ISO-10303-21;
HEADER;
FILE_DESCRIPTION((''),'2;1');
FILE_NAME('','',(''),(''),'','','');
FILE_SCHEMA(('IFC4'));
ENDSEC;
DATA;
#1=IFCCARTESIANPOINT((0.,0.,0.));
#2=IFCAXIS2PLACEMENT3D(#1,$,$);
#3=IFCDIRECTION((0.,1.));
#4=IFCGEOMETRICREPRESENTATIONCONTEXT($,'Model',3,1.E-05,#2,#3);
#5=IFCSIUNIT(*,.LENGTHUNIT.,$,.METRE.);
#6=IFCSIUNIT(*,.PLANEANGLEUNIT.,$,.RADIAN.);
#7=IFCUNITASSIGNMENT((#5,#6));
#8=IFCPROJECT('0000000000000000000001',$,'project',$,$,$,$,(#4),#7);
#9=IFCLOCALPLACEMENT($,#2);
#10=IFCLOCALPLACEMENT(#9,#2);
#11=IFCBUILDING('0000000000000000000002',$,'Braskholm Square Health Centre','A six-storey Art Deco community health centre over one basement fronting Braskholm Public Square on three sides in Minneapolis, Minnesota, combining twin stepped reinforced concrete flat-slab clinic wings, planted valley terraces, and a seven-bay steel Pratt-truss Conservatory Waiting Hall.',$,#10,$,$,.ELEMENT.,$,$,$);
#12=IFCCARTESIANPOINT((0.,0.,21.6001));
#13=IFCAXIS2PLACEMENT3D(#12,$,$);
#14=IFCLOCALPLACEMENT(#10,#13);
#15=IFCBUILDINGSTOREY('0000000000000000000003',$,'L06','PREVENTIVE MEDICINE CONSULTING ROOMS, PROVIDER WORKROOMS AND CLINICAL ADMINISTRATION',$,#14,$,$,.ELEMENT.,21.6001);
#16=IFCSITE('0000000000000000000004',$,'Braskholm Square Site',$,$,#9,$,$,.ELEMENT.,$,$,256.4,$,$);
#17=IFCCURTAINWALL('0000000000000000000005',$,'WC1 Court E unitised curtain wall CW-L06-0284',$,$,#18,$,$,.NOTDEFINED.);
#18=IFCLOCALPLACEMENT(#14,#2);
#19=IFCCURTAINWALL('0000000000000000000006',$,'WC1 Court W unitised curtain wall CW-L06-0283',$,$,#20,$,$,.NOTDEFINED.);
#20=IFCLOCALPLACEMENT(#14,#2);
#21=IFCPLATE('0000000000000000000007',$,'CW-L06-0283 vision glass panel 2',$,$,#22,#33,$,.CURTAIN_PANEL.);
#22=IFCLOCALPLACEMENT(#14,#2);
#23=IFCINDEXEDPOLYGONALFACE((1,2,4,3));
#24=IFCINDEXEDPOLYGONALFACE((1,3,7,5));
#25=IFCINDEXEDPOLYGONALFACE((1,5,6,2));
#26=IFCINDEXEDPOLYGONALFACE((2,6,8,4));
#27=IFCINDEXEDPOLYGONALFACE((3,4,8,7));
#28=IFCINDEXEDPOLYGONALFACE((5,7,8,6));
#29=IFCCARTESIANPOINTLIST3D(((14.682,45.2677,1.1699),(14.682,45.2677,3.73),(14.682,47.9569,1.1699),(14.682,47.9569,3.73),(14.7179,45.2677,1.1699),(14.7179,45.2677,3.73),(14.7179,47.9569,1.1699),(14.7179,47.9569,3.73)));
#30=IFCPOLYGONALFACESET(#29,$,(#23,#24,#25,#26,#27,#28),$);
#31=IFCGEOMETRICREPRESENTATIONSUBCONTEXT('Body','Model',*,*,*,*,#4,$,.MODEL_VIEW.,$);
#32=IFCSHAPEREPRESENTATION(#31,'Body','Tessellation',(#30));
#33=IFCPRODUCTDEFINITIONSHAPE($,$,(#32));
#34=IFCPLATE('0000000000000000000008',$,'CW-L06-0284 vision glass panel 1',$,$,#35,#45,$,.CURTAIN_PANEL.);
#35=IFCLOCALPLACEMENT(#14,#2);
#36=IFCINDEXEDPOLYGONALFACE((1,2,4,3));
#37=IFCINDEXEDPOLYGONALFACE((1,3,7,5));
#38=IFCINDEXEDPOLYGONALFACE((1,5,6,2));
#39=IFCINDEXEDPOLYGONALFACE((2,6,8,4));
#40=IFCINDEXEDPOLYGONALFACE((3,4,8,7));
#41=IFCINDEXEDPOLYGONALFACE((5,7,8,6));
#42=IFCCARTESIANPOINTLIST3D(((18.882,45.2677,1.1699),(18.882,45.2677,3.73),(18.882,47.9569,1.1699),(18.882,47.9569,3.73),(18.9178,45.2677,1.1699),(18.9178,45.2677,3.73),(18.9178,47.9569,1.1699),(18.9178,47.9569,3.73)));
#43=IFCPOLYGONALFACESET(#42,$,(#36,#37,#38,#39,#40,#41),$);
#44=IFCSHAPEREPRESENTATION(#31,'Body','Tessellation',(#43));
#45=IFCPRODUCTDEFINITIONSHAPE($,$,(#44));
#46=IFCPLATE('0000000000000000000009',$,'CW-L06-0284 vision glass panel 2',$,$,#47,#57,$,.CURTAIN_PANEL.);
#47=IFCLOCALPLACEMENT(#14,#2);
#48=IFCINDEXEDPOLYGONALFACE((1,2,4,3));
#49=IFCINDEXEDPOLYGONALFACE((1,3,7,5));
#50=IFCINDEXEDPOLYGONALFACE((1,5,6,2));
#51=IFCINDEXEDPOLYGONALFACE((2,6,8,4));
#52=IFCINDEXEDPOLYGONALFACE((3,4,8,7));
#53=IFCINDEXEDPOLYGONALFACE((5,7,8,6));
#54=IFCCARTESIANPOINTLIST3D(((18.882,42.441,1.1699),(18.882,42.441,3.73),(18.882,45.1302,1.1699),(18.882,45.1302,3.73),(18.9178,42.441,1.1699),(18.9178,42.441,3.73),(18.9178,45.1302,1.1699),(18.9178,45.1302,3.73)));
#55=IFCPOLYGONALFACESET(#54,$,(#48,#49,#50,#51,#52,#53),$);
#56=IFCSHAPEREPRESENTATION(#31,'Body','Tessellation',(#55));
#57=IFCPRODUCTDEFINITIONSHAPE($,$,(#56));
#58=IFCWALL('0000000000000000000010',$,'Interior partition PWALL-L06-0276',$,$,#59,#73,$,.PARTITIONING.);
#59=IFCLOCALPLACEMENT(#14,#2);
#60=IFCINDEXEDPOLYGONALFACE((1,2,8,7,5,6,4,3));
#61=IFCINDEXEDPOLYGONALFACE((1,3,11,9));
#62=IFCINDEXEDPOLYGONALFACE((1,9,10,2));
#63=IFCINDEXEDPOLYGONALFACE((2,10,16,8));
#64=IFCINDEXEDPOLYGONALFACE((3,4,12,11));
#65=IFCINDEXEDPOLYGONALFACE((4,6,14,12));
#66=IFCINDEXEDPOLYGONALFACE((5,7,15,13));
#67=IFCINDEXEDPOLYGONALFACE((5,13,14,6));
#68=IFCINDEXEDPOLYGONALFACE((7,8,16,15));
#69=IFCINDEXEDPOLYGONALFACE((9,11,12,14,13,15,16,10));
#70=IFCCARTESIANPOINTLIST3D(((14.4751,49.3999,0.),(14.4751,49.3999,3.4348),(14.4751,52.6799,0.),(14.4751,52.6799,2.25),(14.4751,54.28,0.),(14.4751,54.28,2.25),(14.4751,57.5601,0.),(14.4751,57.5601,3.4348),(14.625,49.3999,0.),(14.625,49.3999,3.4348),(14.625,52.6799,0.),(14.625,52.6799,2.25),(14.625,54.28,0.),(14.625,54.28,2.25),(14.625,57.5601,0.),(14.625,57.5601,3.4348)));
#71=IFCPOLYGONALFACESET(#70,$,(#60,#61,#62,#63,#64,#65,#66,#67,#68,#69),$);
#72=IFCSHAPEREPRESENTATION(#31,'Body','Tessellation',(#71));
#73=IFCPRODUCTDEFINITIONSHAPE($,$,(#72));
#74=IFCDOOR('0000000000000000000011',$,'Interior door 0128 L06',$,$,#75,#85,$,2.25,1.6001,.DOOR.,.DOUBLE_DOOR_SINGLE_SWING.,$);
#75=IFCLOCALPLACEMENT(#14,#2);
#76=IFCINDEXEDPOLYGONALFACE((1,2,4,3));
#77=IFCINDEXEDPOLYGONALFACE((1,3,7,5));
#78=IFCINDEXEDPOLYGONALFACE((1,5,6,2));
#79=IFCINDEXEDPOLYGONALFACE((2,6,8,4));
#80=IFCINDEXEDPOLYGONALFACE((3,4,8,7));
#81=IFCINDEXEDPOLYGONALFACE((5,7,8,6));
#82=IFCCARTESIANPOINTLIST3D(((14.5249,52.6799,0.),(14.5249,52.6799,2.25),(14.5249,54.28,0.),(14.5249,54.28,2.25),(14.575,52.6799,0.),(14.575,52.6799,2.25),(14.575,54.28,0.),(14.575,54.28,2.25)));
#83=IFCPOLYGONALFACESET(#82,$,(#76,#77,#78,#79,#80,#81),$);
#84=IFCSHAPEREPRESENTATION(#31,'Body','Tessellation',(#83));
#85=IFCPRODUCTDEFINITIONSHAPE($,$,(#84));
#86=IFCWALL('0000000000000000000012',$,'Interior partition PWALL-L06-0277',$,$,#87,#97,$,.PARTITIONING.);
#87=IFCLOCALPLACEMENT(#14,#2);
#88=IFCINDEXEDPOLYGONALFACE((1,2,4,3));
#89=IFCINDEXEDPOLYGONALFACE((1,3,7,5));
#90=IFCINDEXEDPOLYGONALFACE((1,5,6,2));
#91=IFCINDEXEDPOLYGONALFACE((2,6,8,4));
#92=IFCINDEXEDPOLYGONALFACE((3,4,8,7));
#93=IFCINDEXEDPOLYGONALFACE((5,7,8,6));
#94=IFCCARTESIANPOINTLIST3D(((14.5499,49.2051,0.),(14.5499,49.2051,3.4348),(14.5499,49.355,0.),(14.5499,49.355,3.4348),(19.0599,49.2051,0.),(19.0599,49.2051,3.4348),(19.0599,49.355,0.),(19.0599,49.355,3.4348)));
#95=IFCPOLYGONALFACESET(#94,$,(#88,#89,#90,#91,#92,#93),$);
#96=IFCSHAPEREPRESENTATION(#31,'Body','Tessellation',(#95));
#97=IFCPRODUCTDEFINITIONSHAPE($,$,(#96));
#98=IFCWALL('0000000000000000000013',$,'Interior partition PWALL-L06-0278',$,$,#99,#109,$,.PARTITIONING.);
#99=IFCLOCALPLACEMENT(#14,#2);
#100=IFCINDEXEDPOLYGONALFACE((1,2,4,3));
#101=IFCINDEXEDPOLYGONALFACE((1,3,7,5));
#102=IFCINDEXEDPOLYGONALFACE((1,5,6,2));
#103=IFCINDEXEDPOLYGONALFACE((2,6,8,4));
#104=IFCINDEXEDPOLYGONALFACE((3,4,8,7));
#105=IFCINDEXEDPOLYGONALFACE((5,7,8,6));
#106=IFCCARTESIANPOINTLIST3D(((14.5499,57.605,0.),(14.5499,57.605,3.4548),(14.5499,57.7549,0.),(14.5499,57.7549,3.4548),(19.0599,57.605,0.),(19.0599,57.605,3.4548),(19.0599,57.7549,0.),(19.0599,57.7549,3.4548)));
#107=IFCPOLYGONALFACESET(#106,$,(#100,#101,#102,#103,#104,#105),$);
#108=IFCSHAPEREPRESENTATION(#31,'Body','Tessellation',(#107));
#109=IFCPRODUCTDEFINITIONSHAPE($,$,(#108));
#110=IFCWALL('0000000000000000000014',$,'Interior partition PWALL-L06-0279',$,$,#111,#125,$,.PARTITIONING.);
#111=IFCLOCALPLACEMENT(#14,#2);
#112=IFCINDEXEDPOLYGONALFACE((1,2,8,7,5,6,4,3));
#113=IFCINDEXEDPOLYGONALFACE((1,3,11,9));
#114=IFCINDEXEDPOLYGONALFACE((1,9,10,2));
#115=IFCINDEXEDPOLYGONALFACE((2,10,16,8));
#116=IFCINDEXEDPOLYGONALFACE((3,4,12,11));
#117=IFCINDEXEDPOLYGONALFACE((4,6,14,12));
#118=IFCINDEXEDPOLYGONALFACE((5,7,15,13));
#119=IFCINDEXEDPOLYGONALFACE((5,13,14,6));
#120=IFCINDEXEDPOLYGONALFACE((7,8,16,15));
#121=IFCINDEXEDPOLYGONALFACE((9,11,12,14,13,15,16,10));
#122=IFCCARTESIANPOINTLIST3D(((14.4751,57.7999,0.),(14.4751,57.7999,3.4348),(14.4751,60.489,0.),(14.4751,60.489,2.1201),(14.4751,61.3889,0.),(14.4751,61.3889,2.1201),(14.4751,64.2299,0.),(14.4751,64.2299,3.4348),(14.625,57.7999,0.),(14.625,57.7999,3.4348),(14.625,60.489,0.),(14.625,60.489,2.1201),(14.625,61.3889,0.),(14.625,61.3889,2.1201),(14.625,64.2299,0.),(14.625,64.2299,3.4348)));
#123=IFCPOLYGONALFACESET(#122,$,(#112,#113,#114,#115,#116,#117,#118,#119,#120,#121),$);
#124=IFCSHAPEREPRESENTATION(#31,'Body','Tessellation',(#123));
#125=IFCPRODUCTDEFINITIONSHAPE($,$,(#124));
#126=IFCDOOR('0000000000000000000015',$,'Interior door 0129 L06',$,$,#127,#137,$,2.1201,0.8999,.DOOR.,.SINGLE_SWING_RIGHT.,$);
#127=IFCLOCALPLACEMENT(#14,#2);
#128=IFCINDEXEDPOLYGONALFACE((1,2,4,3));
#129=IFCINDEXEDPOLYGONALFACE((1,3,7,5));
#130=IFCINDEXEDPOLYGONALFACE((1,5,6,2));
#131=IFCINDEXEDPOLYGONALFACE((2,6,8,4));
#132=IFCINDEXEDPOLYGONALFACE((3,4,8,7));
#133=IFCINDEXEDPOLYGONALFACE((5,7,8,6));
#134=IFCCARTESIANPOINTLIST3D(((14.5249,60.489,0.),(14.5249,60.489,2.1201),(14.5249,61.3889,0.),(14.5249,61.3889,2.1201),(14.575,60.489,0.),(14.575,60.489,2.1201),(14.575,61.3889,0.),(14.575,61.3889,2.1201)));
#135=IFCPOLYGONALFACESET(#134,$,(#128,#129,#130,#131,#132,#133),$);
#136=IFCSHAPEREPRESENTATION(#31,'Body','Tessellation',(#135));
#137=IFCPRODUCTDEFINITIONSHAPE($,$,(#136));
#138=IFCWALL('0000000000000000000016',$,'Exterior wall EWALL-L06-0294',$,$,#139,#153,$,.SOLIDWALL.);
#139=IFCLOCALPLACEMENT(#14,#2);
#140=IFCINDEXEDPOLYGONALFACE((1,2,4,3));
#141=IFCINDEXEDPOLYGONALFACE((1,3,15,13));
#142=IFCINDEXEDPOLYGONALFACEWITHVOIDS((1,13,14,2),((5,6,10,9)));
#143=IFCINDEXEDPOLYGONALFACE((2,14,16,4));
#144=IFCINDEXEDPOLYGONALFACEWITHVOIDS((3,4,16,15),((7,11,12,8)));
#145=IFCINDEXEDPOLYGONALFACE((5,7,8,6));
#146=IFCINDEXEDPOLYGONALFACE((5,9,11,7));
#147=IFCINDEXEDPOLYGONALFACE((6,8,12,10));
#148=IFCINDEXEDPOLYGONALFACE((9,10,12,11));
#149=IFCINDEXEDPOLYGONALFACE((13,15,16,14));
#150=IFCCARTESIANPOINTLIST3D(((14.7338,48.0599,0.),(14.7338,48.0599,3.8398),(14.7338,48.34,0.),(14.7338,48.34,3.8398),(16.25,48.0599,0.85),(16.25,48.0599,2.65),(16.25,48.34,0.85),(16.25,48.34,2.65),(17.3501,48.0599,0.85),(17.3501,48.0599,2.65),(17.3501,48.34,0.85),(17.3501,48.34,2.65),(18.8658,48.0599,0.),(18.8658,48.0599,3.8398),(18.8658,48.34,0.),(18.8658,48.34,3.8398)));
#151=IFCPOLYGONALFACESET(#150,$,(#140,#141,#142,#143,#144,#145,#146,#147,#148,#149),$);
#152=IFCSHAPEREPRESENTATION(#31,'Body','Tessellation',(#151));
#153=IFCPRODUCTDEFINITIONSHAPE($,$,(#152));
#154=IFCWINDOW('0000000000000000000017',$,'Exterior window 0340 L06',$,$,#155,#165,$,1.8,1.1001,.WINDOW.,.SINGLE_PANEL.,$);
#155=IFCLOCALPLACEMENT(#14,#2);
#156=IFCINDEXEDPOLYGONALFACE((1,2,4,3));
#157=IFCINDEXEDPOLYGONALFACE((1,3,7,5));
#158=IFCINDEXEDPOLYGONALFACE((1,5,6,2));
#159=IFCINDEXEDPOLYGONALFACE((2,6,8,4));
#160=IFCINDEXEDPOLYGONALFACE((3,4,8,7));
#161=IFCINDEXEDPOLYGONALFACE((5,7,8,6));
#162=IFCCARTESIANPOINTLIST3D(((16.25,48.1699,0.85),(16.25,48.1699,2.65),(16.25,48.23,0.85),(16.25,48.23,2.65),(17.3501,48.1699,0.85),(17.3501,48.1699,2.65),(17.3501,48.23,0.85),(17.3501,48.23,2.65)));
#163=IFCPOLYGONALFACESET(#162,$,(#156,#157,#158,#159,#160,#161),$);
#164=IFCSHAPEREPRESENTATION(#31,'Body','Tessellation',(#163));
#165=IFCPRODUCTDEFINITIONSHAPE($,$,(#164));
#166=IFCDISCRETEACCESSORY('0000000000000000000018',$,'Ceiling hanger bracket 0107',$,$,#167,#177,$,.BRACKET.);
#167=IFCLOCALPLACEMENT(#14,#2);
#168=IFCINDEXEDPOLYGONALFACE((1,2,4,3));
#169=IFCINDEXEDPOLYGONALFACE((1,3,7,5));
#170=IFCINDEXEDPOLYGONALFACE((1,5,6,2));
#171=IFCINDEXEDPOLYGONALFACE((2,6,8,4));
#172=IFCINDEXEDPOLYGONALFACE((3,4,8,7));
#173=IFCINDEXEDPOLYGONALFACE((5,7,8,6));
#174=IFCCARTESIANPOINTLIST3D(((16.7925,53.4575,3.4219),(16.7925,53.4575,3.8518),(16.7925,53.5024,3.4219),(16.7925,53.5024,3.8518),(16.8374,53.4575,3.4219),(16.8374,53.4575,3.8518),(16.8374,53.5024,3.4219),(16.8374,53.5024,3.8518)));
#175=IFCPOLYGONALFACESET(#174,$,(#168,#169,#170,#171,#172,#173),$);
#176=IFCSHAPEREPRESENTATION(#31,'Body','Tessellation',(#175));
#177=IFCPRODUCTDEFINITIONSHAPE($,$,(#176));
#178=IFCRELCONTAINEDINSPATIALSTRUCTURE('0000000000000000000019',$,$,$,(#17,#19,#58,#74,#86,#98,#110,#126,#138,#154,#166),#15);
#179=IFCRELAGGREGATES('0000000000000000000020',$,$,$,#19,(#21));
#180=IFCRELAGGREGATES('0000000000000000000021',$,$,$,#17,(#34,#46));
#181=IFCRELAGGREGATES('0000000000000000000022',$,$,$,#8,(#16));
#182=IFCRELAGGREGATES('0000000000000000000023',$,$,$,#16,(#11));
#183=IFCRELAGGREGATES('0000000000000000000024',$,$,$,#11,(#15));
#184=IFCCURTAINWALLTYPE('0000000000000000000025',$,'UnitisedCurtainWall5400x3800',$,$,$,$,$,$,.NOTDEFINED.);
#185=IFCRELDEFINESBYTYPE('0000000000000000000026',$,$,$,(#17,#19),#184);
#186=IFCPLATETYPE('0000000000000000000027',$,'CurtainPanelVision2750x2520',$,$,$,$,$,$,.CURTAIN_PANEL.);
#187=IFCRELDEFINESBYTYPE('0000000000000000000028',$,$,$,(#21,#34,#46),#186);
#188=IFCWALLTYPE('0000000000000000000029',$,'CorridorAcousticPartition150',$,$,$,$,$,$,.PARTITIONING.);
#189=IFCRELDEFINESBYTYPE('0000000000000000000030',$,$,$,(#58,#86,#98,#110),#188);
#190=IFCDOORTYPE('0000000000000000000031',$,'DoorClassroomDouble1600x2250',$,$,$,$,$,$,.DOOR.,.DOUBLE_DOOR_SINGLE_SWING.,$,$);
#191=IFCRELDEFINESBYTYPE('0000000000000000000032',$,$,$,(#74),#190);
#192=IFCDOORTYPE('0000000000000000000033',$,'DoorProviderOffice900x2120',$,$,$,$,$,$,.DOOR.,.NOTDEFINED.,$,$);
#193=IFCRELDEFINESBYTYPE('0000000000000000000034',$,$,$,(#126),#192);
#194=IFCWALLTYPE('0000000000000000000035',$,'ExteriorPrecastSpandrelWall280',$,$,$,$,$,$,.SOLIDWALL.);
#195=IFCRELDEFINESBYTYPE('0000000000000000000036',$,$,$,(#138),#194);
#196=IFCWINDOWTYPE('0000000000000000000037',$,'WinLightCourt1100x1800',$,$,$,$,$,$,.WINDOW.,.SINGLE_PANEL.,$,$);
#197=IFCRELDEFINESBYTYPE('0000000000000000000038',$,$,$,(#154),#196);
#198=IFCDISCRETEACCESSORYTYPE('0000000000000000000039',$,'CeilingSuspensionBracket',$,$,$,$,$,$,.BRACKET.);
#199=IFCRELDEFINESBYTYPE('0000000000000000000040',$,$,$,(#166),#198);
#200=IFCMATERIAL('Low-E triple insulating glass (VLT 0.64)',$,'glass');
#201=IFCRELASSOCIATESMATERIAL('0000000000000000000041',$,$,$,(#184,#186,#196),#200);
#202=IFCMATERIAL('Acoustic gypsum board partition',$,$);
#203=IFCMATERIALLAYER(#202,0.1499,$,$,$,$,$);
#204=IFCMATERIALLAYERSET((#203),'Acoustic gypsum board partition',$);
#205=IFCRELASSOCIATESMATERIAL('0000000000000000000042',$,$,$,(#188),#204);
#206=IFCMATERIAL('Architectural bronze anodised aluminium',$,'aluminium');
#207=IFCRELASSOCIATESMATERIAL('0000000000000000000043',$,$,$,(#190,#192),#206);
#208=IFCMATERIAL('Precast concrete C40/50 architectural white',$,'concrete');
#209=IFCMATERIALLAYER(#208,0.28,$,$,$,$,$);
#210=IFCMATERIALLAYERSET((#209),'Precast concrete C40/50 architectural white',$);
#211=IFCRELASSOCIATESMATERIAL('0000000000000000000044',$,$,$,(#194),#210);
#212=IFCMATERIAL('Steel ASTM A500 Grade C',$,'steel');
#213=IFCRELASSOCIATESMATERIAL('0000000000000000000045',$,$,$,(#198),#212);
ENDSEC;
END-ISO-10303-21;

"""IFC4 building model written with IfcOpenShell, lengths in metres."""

from ifc_helpers import new_model, si_unit, direction, frame, frame_2d, origin, origin_with_axes, origin_2d, place, context, subcontext, project, spatial, rectangle, extrude, material, layer, layer_set, type_object, element, fill, aggregate, save


model = new_model("IFC4")

# Units and contexts
model_context = context("Model", 3, precision=1e-05, world=origin(), true_north=direction((0.0, 1.0)))
body_context = subcontext(model_context, "Body", "Model", "MODEL_VIEW")
ifc_project = project(units=[si_unit("LENGTHUNIT", "METRE"), si_unit("PLANEANGLEUNIT", "RADIAN")], contexts=[model_context])

# Site, building, storey
site_placement = place(None, origin())
site = spatial("IfcSite", under=ifc_project, at=site_placement, Name="Braskholm Square Site", CompositionType="ELEMENT", RefElevation=256.4)
building_placement = place(site_placement, origin())
building = spatial("IfcBuilding", under=site, at=building_placement, Name="Braskholm Square Health Centre", Description="A six-storey Art Deco community health centre over one basement fronting Braskholm Public Square on three sides in Minneapolis, Minnesota, combining twin stepped reinforced concrete flat-slab clinic wings, planted valley terraces, and a seven-bay steel Pratt-truss Conservatory Waiting Hall.", CompositionType="ELEMENT")
storey_placement = place(building_placement, frame((0.0, 0.0, 21.6001)))
storey = spatial("IfcBuildingStorey", under=building, at=storey_placement, Name="L06", Description="PREVENTIVE MEDICINE CONSULTING ROOMS, PROVIDER WORKROOMS AND CLINICAL ADMINISTRATION", CompositionType="ELEMENT", Elevation=21.6001)

# Curtain walls
ifc_material_1 = material(Name="Low-E triple insulating glass (VLT 0.64)", Category="glass")
curtain_wall_type = type_object("IfcCurtainWallType", Name="UnitisedCurtainWall5400x3800", PredefinedType="NOTDEFINED", material=ifc_material_1)
curtain_wall_1_placement = place(storey_placement, origin())
curtain_wall_1 = element("IfcCurtainWall", 1, at=curtain_wall_1_placement, inside=storey, type_object=curtain_wall_type, Name="WC1 Court E unitised curtain wall CW-L06-0284", PredefinedType="NOTDEFINED")
ifc_material_2 = material(Name="Architectural bronze anodised aluminium", Category="aluminium")
curtain_wall_2_placement = place(storey_placement, origin())
curtain_wall_2 = element("IfcCurtainWall", 2, at=curtain_wall_2_placement, inside=storey, type_object=curtain_wall_type, Name="WC1 Court W unitised curtain wall CW-L06-0283", PredefinedType="NOTDEFINED")

# Plates
plate_type_1 = type_object("IfcPlateType", Name="CurtainPanelVision2750x2520", PredefinedType="CURTAIN_PANEL", material=ifc_material_1)
plate_1_placement = place(storey_placement, frame((14.7, 46.6123, 1.1699), z_axis=(0.0, 0.0, 1.0), x_axis=(0.0, 1.0, 0.0)))
plate_1 = element("IfcPlate", 3, at=plate_1_placement, type_object=plate_type_1, Name="CW-L06-0283 vision glass panel 2", PredefinedType="CURTAIN_PANEL", context=body_context, shape_type="SweptSolid", body=[
    extrude(rectangle(XDim=2.6892, YDim=0.0359, at=origin_2d()), origin(), (0.0, 0.0, 1.0), 2.5601),
])
aggregate(curtain_wall_2, [plate_1])
plate_2_placement = place(storey_placement, frame((18.8999, 46.6123, 1.1699), z_axis=(0.0, 0.0, 1.0), x_axis=(0.0, -1.0, 0.0)))
plate_2 = element("IfcPlate", 4, at=plate_2_placement, type_object=plate_type_1, Name="CW-L06-0284 vision glass panel 1", PredefinedType="CURTAIN_PANEL", context=body_context, shape_type="SweptSolid", body=[
    extrude(rectangle(XDim=2.6892, YDim=0.0359, at=origin_2d()), origin(), (0.0, 0.0, 1.0), 2.5601),
])
plate_3_placement = place(storey_placement, frame((18.8999, 43.7856, 1.1699), z_axis=(0.0, 0.0, 1.0), x_axis=(0.0, -1.0, 0.0)))
plate_3 = element("IfcPlate", 5, at=plate_3_placement, type_object=plate_type_1, Name="CW-L06-0284 vision glass panel 2", PredefinedType="CURTAIN_PANEL", context=body_context, shape_type="SweptSolid", body=[
    extrude(rectangle(XDim=2.6892, YDim=0.0359, at=origin_2d()), origin(), (0.0, 0.0, 1.0), 2.5601),
])
aggregate(curtain_wall_1, [plate_2, plate_3])

# Wall, opening, door
ifc_material_3 = material(Name="Acoustic gypsum board partition")
ifc_layer_1 = layer(ifc_material_3, 0.1499)
ifc_layer_set_1 = layer_set([ifc_layer_1], Name="Acoustic gypsum board partition")
wall_type_1 = type_object("IfcWallType", Name="CorridorAcousticPartition150", PredefinedType="PARTITIONING", material=ifc_layer_set_1)
wall_1_placement = place(storey_placement, frame((14.55, 49.3999, 0.0), z_axis=(0.0, 0.0, 1.0), x_axis=(0.0, 1.0, 0.0)))
wall_1 = element("IfcWall", 6, at=wall_1_placement, inside=storey, type_object=wall_type_1, Name="Interior partition PWALL-L06-0276", PredefinedType="PARTITIONING", context=body_context, shape_type="SweptSolid", body=[
    extrude(rectangle(XDim=8.1602, YDim=0.1499, at=frame_2d((4.0801, 0.0))), origin(), (0.0, 0.0, 1.0), 3.4348),
])
opening_1_placement = place(wall_1_placement, frame((3.28, 0.0, 0.0)))
opening_1 = element("IfcOpeningElement", 7, at=opening_1_placement, cuts=wall_1, PredefinedType="OPENING", context=body_context, shape_type="SweptSolid", body=[
    extrude(rectangle(XDim=1.6001, YDim=2.25, at=frame_2d((0.8, 1.125))), frame((0.0, 0.085, 0.0), z_axis=(0.0, -1.0, 0.0), x_axis=(1.0, 0.0, 0.0)), (0.0, 0.0, 1.0), 0.1699),
])
door_type_1 = type_object("IfcDoorType", Name="DoorClassroomDouble1600x2250", OperationType="DOUBLE_DOOR_SINGLE_SWING", PredefinedType="DOOR", material=ifc_material_2)
door_1_placement = place(opening_1_placement, frame((1.6001, 0.0, 0.0), z_axis=(0.0, 0.0, 1.0), x_axis=(-1.0, 0.0, 0.0)))
door_1 = element("IfcDoor", 8, at=door_1_placement, inside=storey, type_object=door_type_1, Name="Interior door 0128 L06", OperationType="DOUBLE_DOOR_SINGLE_SWING", OverallHeight=2.25, OverallWidth=1.6001, PredefinedType="DOOR", context=body_context, shape_type="SweptSolid", body=[
    extrude(rectangle(XDim=1.6001, YDim=2.25, at=frame_2d((0.8, 1.125))), frame((0.0, 0.0249, 0.0), z_axis=(0.0, -1.0, 0.0), x_axis=(1.0, 0.0, 0.0)), (0.0, 0.0, 1.0), 0.05),
])
fill(opening_1, door_1)

# Walls
wall_2_placement = place(storey_placement, frame((14.55, 49.28, 0.0), z_axis=(0.0, 0.0, 1.0), x_axis=(1.0, 0.0, 0.0)))
element("IfcWall", 9, at=wall_2_placement, inside=storey, type_object=wall_type_1, Name="Interior partition PWALL-L06-0277", PredefinedType="PARTITIONING", context=body_context, shape_type="SweptSolid", body=[
    extrude(rectangle(XDim=4.51, YDim=0.1499, at=frame_2d((2.2549, 0.0))), origin(), (0.0, 0.0, 1.0), 3.4348),
])
wall_3_placement = place(storey_placement, frame((14.55, 57.6799, 0.0), z_axis=(0.0, 0.0, 1.0), x_axis=(1.0, 0.0, 0.0)))
element("IfcWall", 10, at=wall_3_placement, inside=storey, type_object=wall_type_1, Name="Interior partition PWALL-L06-0278", PredefinedType="PARTITIONING", context=body_context, shape_type="SweptSolid", body=[
    extrude(rectangle(XDim=4.51, YDim=0.1499, at=frame_2d((2.2549, 0.0))), origin(), (0.0, 0.0, 1.0), 3.4548),
])

# Wall, opening, door
wall_4_placement = place(storey_placement, frame((14.55, 57.8, 0.0), z_axis=(0.0, 0.0, 1.0), x_axis=(0.0, 1.0, 0.0)))
wall_4 = element("IfcWall", 11, at=wall_4_placement, inside=storey, type_object=wall_type_1, Name="Interior partition PWALL-L06-0279", PredefinedType="PARTITIONING", context=body_context, shape_type="SweptSolid", body=[
    extrude(rectangle(XDim=6.4299, YDim=0.1499, at=frame_2d((3.2148, 0.0))), origin(), (0.0, 0.0, 1.0), 3.4348),
])
opening_2_placement = place(wall_4_placement, frame((2.689, 0.0, 0.0)))
opening_2 = element("IfcOpeningElement", 12, at=opening_2_placement, cuts=wall_4, PredefinedType="OPENING", context=body_context, shape_type="SweptSolid", body=[
    extrude(rectangle(XDim=0.8999, YDim=2.1201, at=frame_2d((0.45, 1.0601))), frame((0.0, 0.085, 0.0), z_axis=(0.0, -1.0, 0.0), x_axis=(1.0, 0.0, 0.0)), (0.0, 0.0, 1.0), 0.1699),
])
door_type_2 = type_object("IfcDoorType", Name="DoorProviderOffice900x2120", OperationType="NOTDEFINED", PredefinedType="DOOR", material=ifc_material_2)
door_2_placement = place(opening_2_placement, frame((0.8999, 0.0, 0.0), z_axis=(0.0, 0.0, 1.0), x_axis=(-1.0, 0.0, 0.0)))
door_2 = element("IfcDoor", 13, at=door_2_placement, inside=storey, type_object=door_type_2, Name="Interior door 0129 L06", OperationType="SINGLE_SWING_RIGHT", OverallHeight=2.1201, OverallWidth=0.8999, PredefinedType="DOOR", context=body_context, shape_type="SweptSolid", body=[
    extrude(rectangle(XDim=0.8999, YDim=2.1201, at=frame_2d((0.45, 1.0601))), frame((0.0, 0.0249, 0.0), z_axis=(0.0, -1.0, 0.0), x_axis=(1.0, 0.0, 0.0)), (0.0, 0.0, 1.0), 0.05),
])
fill(opening_2, door_2)

# Wall, opening, window
ifc_material_4 = material(Name="Precast concrete C40/50 architectural white", Category="concrete")
ifc_layer_2 = layer(ifc_material_4, 0.28)
ifc_layer_set_2 = layer_set([ifc_layer_2], Name="Precast concrete C40/50 architectural white")
wall_type_2 = type_object("IfcWallType", Name="ExteriorPrecastSpandrelWall280", PredefinedType="SOLIDWALL", material=ifc_layer_set_2)
wall_5_placement = place(storey_placement, frame((14.7339, 48.2, 0.0), z_axis=(0.0, 0.0, 1.0), x_axis=(1.0, 0.0, 0.0)))
wall_5 = element("IfcWall", 14, at=wall_5_placement, inside=storey, type_object=wall_type_2, Name="Exterior wall EWALL-L06-0294", PredefinedType="SOLIDWALL", context=body_context, shape_type="SweptSolid", body=[
    extrude(rectangle(XDim=4.1321, YDim=0.28, at=frame_2d((2.0659, 0.0))), origin(), (0.0, 0.0, 1.0), 3.8398),
])
opening_3_placement = place(wall_5_placement, frame((1.5161, 0.0, 0.8501)))
opening_3 = element("IfcOpeningElement", 15, at=opening_3_placement, cuts=wall_5, PredefinedType="OPENING", context=body_context, shape_type="SweptSolid", body=[
    extrude(rectangle(XDim=1.1001, YDim=1.8, at=frame_2d((0.55, 0.8999))), frame((0.0, 0.1499, 0.0), z_axis=(0.0, -1.0, 0.0), x_axis=(1.0, 0.0, 0.0)), (0.0, 0.0, 1.0), 0.3),
])
window_type = type_object("IfcWindowType", Name="WinLightCourt1100x1800", PartitioningType="SINGLE_PANEL", PredefinedType="WINDOW", material=ifc_material_1)
window_placement = place(opening_3_placement, origin_with_axes())
window = element("IfcWindow", 16, at=window_placement, inside=storey, type_object=window_type, Name="Exterior window 0340 L06", OverallHeight=1.8, OverallWidth=1.1001, PartitioningType="SINGLE_PANEL", PredefinedType="WINDOW", context=body_context, shape_type="SweptSolid", body=[
    extrude(rectangle(XDim=1.1001, YDim=1.8, at=frame_2d((0.55, 0.8999))), frame((0.0, 0.03, 0.0), z_axis=(0.0, -1.0, 0.0), x_axis=(1.0, 0.0, 0.0)), (0.0, 0.0, 1.0), 0.0601),
])
fill(opening_3, window)

# Discrete accessory
ifc_material_5 = material(Name="Steel ASTM A500 Grade C", Category="steel")
discrete_accessory_type = type_object("IfcDiscreteAccessoryType", Name="CeilingSuspensionBracket", PredefinedType="BRACKET", material=ifc_material_5)
discrete_accessory_placement = place(storey_placement, frame((16.8149, 53.48, 3.4219), z_axis=(0.0, 0.0, 1.0), x_axis=(1.0, 0.0, 0.0)))
element("IfcDiscreteAccessory", 17, at=discrete_accessory_placement, inside=storey, type_object=discrete_accessory_type, Name="Ceiling hanger bracket 0107", PredefinedType="BRACKET", context=body_context, shape_type="SweptSolid", body=[
    extrude(rectangle(XDim=0.0449, YDim=0.0449, at=origin_2d()), origin(), (0.0, 0.0, 1.0), 0.4299),
])

save(model, "model.ifc")
